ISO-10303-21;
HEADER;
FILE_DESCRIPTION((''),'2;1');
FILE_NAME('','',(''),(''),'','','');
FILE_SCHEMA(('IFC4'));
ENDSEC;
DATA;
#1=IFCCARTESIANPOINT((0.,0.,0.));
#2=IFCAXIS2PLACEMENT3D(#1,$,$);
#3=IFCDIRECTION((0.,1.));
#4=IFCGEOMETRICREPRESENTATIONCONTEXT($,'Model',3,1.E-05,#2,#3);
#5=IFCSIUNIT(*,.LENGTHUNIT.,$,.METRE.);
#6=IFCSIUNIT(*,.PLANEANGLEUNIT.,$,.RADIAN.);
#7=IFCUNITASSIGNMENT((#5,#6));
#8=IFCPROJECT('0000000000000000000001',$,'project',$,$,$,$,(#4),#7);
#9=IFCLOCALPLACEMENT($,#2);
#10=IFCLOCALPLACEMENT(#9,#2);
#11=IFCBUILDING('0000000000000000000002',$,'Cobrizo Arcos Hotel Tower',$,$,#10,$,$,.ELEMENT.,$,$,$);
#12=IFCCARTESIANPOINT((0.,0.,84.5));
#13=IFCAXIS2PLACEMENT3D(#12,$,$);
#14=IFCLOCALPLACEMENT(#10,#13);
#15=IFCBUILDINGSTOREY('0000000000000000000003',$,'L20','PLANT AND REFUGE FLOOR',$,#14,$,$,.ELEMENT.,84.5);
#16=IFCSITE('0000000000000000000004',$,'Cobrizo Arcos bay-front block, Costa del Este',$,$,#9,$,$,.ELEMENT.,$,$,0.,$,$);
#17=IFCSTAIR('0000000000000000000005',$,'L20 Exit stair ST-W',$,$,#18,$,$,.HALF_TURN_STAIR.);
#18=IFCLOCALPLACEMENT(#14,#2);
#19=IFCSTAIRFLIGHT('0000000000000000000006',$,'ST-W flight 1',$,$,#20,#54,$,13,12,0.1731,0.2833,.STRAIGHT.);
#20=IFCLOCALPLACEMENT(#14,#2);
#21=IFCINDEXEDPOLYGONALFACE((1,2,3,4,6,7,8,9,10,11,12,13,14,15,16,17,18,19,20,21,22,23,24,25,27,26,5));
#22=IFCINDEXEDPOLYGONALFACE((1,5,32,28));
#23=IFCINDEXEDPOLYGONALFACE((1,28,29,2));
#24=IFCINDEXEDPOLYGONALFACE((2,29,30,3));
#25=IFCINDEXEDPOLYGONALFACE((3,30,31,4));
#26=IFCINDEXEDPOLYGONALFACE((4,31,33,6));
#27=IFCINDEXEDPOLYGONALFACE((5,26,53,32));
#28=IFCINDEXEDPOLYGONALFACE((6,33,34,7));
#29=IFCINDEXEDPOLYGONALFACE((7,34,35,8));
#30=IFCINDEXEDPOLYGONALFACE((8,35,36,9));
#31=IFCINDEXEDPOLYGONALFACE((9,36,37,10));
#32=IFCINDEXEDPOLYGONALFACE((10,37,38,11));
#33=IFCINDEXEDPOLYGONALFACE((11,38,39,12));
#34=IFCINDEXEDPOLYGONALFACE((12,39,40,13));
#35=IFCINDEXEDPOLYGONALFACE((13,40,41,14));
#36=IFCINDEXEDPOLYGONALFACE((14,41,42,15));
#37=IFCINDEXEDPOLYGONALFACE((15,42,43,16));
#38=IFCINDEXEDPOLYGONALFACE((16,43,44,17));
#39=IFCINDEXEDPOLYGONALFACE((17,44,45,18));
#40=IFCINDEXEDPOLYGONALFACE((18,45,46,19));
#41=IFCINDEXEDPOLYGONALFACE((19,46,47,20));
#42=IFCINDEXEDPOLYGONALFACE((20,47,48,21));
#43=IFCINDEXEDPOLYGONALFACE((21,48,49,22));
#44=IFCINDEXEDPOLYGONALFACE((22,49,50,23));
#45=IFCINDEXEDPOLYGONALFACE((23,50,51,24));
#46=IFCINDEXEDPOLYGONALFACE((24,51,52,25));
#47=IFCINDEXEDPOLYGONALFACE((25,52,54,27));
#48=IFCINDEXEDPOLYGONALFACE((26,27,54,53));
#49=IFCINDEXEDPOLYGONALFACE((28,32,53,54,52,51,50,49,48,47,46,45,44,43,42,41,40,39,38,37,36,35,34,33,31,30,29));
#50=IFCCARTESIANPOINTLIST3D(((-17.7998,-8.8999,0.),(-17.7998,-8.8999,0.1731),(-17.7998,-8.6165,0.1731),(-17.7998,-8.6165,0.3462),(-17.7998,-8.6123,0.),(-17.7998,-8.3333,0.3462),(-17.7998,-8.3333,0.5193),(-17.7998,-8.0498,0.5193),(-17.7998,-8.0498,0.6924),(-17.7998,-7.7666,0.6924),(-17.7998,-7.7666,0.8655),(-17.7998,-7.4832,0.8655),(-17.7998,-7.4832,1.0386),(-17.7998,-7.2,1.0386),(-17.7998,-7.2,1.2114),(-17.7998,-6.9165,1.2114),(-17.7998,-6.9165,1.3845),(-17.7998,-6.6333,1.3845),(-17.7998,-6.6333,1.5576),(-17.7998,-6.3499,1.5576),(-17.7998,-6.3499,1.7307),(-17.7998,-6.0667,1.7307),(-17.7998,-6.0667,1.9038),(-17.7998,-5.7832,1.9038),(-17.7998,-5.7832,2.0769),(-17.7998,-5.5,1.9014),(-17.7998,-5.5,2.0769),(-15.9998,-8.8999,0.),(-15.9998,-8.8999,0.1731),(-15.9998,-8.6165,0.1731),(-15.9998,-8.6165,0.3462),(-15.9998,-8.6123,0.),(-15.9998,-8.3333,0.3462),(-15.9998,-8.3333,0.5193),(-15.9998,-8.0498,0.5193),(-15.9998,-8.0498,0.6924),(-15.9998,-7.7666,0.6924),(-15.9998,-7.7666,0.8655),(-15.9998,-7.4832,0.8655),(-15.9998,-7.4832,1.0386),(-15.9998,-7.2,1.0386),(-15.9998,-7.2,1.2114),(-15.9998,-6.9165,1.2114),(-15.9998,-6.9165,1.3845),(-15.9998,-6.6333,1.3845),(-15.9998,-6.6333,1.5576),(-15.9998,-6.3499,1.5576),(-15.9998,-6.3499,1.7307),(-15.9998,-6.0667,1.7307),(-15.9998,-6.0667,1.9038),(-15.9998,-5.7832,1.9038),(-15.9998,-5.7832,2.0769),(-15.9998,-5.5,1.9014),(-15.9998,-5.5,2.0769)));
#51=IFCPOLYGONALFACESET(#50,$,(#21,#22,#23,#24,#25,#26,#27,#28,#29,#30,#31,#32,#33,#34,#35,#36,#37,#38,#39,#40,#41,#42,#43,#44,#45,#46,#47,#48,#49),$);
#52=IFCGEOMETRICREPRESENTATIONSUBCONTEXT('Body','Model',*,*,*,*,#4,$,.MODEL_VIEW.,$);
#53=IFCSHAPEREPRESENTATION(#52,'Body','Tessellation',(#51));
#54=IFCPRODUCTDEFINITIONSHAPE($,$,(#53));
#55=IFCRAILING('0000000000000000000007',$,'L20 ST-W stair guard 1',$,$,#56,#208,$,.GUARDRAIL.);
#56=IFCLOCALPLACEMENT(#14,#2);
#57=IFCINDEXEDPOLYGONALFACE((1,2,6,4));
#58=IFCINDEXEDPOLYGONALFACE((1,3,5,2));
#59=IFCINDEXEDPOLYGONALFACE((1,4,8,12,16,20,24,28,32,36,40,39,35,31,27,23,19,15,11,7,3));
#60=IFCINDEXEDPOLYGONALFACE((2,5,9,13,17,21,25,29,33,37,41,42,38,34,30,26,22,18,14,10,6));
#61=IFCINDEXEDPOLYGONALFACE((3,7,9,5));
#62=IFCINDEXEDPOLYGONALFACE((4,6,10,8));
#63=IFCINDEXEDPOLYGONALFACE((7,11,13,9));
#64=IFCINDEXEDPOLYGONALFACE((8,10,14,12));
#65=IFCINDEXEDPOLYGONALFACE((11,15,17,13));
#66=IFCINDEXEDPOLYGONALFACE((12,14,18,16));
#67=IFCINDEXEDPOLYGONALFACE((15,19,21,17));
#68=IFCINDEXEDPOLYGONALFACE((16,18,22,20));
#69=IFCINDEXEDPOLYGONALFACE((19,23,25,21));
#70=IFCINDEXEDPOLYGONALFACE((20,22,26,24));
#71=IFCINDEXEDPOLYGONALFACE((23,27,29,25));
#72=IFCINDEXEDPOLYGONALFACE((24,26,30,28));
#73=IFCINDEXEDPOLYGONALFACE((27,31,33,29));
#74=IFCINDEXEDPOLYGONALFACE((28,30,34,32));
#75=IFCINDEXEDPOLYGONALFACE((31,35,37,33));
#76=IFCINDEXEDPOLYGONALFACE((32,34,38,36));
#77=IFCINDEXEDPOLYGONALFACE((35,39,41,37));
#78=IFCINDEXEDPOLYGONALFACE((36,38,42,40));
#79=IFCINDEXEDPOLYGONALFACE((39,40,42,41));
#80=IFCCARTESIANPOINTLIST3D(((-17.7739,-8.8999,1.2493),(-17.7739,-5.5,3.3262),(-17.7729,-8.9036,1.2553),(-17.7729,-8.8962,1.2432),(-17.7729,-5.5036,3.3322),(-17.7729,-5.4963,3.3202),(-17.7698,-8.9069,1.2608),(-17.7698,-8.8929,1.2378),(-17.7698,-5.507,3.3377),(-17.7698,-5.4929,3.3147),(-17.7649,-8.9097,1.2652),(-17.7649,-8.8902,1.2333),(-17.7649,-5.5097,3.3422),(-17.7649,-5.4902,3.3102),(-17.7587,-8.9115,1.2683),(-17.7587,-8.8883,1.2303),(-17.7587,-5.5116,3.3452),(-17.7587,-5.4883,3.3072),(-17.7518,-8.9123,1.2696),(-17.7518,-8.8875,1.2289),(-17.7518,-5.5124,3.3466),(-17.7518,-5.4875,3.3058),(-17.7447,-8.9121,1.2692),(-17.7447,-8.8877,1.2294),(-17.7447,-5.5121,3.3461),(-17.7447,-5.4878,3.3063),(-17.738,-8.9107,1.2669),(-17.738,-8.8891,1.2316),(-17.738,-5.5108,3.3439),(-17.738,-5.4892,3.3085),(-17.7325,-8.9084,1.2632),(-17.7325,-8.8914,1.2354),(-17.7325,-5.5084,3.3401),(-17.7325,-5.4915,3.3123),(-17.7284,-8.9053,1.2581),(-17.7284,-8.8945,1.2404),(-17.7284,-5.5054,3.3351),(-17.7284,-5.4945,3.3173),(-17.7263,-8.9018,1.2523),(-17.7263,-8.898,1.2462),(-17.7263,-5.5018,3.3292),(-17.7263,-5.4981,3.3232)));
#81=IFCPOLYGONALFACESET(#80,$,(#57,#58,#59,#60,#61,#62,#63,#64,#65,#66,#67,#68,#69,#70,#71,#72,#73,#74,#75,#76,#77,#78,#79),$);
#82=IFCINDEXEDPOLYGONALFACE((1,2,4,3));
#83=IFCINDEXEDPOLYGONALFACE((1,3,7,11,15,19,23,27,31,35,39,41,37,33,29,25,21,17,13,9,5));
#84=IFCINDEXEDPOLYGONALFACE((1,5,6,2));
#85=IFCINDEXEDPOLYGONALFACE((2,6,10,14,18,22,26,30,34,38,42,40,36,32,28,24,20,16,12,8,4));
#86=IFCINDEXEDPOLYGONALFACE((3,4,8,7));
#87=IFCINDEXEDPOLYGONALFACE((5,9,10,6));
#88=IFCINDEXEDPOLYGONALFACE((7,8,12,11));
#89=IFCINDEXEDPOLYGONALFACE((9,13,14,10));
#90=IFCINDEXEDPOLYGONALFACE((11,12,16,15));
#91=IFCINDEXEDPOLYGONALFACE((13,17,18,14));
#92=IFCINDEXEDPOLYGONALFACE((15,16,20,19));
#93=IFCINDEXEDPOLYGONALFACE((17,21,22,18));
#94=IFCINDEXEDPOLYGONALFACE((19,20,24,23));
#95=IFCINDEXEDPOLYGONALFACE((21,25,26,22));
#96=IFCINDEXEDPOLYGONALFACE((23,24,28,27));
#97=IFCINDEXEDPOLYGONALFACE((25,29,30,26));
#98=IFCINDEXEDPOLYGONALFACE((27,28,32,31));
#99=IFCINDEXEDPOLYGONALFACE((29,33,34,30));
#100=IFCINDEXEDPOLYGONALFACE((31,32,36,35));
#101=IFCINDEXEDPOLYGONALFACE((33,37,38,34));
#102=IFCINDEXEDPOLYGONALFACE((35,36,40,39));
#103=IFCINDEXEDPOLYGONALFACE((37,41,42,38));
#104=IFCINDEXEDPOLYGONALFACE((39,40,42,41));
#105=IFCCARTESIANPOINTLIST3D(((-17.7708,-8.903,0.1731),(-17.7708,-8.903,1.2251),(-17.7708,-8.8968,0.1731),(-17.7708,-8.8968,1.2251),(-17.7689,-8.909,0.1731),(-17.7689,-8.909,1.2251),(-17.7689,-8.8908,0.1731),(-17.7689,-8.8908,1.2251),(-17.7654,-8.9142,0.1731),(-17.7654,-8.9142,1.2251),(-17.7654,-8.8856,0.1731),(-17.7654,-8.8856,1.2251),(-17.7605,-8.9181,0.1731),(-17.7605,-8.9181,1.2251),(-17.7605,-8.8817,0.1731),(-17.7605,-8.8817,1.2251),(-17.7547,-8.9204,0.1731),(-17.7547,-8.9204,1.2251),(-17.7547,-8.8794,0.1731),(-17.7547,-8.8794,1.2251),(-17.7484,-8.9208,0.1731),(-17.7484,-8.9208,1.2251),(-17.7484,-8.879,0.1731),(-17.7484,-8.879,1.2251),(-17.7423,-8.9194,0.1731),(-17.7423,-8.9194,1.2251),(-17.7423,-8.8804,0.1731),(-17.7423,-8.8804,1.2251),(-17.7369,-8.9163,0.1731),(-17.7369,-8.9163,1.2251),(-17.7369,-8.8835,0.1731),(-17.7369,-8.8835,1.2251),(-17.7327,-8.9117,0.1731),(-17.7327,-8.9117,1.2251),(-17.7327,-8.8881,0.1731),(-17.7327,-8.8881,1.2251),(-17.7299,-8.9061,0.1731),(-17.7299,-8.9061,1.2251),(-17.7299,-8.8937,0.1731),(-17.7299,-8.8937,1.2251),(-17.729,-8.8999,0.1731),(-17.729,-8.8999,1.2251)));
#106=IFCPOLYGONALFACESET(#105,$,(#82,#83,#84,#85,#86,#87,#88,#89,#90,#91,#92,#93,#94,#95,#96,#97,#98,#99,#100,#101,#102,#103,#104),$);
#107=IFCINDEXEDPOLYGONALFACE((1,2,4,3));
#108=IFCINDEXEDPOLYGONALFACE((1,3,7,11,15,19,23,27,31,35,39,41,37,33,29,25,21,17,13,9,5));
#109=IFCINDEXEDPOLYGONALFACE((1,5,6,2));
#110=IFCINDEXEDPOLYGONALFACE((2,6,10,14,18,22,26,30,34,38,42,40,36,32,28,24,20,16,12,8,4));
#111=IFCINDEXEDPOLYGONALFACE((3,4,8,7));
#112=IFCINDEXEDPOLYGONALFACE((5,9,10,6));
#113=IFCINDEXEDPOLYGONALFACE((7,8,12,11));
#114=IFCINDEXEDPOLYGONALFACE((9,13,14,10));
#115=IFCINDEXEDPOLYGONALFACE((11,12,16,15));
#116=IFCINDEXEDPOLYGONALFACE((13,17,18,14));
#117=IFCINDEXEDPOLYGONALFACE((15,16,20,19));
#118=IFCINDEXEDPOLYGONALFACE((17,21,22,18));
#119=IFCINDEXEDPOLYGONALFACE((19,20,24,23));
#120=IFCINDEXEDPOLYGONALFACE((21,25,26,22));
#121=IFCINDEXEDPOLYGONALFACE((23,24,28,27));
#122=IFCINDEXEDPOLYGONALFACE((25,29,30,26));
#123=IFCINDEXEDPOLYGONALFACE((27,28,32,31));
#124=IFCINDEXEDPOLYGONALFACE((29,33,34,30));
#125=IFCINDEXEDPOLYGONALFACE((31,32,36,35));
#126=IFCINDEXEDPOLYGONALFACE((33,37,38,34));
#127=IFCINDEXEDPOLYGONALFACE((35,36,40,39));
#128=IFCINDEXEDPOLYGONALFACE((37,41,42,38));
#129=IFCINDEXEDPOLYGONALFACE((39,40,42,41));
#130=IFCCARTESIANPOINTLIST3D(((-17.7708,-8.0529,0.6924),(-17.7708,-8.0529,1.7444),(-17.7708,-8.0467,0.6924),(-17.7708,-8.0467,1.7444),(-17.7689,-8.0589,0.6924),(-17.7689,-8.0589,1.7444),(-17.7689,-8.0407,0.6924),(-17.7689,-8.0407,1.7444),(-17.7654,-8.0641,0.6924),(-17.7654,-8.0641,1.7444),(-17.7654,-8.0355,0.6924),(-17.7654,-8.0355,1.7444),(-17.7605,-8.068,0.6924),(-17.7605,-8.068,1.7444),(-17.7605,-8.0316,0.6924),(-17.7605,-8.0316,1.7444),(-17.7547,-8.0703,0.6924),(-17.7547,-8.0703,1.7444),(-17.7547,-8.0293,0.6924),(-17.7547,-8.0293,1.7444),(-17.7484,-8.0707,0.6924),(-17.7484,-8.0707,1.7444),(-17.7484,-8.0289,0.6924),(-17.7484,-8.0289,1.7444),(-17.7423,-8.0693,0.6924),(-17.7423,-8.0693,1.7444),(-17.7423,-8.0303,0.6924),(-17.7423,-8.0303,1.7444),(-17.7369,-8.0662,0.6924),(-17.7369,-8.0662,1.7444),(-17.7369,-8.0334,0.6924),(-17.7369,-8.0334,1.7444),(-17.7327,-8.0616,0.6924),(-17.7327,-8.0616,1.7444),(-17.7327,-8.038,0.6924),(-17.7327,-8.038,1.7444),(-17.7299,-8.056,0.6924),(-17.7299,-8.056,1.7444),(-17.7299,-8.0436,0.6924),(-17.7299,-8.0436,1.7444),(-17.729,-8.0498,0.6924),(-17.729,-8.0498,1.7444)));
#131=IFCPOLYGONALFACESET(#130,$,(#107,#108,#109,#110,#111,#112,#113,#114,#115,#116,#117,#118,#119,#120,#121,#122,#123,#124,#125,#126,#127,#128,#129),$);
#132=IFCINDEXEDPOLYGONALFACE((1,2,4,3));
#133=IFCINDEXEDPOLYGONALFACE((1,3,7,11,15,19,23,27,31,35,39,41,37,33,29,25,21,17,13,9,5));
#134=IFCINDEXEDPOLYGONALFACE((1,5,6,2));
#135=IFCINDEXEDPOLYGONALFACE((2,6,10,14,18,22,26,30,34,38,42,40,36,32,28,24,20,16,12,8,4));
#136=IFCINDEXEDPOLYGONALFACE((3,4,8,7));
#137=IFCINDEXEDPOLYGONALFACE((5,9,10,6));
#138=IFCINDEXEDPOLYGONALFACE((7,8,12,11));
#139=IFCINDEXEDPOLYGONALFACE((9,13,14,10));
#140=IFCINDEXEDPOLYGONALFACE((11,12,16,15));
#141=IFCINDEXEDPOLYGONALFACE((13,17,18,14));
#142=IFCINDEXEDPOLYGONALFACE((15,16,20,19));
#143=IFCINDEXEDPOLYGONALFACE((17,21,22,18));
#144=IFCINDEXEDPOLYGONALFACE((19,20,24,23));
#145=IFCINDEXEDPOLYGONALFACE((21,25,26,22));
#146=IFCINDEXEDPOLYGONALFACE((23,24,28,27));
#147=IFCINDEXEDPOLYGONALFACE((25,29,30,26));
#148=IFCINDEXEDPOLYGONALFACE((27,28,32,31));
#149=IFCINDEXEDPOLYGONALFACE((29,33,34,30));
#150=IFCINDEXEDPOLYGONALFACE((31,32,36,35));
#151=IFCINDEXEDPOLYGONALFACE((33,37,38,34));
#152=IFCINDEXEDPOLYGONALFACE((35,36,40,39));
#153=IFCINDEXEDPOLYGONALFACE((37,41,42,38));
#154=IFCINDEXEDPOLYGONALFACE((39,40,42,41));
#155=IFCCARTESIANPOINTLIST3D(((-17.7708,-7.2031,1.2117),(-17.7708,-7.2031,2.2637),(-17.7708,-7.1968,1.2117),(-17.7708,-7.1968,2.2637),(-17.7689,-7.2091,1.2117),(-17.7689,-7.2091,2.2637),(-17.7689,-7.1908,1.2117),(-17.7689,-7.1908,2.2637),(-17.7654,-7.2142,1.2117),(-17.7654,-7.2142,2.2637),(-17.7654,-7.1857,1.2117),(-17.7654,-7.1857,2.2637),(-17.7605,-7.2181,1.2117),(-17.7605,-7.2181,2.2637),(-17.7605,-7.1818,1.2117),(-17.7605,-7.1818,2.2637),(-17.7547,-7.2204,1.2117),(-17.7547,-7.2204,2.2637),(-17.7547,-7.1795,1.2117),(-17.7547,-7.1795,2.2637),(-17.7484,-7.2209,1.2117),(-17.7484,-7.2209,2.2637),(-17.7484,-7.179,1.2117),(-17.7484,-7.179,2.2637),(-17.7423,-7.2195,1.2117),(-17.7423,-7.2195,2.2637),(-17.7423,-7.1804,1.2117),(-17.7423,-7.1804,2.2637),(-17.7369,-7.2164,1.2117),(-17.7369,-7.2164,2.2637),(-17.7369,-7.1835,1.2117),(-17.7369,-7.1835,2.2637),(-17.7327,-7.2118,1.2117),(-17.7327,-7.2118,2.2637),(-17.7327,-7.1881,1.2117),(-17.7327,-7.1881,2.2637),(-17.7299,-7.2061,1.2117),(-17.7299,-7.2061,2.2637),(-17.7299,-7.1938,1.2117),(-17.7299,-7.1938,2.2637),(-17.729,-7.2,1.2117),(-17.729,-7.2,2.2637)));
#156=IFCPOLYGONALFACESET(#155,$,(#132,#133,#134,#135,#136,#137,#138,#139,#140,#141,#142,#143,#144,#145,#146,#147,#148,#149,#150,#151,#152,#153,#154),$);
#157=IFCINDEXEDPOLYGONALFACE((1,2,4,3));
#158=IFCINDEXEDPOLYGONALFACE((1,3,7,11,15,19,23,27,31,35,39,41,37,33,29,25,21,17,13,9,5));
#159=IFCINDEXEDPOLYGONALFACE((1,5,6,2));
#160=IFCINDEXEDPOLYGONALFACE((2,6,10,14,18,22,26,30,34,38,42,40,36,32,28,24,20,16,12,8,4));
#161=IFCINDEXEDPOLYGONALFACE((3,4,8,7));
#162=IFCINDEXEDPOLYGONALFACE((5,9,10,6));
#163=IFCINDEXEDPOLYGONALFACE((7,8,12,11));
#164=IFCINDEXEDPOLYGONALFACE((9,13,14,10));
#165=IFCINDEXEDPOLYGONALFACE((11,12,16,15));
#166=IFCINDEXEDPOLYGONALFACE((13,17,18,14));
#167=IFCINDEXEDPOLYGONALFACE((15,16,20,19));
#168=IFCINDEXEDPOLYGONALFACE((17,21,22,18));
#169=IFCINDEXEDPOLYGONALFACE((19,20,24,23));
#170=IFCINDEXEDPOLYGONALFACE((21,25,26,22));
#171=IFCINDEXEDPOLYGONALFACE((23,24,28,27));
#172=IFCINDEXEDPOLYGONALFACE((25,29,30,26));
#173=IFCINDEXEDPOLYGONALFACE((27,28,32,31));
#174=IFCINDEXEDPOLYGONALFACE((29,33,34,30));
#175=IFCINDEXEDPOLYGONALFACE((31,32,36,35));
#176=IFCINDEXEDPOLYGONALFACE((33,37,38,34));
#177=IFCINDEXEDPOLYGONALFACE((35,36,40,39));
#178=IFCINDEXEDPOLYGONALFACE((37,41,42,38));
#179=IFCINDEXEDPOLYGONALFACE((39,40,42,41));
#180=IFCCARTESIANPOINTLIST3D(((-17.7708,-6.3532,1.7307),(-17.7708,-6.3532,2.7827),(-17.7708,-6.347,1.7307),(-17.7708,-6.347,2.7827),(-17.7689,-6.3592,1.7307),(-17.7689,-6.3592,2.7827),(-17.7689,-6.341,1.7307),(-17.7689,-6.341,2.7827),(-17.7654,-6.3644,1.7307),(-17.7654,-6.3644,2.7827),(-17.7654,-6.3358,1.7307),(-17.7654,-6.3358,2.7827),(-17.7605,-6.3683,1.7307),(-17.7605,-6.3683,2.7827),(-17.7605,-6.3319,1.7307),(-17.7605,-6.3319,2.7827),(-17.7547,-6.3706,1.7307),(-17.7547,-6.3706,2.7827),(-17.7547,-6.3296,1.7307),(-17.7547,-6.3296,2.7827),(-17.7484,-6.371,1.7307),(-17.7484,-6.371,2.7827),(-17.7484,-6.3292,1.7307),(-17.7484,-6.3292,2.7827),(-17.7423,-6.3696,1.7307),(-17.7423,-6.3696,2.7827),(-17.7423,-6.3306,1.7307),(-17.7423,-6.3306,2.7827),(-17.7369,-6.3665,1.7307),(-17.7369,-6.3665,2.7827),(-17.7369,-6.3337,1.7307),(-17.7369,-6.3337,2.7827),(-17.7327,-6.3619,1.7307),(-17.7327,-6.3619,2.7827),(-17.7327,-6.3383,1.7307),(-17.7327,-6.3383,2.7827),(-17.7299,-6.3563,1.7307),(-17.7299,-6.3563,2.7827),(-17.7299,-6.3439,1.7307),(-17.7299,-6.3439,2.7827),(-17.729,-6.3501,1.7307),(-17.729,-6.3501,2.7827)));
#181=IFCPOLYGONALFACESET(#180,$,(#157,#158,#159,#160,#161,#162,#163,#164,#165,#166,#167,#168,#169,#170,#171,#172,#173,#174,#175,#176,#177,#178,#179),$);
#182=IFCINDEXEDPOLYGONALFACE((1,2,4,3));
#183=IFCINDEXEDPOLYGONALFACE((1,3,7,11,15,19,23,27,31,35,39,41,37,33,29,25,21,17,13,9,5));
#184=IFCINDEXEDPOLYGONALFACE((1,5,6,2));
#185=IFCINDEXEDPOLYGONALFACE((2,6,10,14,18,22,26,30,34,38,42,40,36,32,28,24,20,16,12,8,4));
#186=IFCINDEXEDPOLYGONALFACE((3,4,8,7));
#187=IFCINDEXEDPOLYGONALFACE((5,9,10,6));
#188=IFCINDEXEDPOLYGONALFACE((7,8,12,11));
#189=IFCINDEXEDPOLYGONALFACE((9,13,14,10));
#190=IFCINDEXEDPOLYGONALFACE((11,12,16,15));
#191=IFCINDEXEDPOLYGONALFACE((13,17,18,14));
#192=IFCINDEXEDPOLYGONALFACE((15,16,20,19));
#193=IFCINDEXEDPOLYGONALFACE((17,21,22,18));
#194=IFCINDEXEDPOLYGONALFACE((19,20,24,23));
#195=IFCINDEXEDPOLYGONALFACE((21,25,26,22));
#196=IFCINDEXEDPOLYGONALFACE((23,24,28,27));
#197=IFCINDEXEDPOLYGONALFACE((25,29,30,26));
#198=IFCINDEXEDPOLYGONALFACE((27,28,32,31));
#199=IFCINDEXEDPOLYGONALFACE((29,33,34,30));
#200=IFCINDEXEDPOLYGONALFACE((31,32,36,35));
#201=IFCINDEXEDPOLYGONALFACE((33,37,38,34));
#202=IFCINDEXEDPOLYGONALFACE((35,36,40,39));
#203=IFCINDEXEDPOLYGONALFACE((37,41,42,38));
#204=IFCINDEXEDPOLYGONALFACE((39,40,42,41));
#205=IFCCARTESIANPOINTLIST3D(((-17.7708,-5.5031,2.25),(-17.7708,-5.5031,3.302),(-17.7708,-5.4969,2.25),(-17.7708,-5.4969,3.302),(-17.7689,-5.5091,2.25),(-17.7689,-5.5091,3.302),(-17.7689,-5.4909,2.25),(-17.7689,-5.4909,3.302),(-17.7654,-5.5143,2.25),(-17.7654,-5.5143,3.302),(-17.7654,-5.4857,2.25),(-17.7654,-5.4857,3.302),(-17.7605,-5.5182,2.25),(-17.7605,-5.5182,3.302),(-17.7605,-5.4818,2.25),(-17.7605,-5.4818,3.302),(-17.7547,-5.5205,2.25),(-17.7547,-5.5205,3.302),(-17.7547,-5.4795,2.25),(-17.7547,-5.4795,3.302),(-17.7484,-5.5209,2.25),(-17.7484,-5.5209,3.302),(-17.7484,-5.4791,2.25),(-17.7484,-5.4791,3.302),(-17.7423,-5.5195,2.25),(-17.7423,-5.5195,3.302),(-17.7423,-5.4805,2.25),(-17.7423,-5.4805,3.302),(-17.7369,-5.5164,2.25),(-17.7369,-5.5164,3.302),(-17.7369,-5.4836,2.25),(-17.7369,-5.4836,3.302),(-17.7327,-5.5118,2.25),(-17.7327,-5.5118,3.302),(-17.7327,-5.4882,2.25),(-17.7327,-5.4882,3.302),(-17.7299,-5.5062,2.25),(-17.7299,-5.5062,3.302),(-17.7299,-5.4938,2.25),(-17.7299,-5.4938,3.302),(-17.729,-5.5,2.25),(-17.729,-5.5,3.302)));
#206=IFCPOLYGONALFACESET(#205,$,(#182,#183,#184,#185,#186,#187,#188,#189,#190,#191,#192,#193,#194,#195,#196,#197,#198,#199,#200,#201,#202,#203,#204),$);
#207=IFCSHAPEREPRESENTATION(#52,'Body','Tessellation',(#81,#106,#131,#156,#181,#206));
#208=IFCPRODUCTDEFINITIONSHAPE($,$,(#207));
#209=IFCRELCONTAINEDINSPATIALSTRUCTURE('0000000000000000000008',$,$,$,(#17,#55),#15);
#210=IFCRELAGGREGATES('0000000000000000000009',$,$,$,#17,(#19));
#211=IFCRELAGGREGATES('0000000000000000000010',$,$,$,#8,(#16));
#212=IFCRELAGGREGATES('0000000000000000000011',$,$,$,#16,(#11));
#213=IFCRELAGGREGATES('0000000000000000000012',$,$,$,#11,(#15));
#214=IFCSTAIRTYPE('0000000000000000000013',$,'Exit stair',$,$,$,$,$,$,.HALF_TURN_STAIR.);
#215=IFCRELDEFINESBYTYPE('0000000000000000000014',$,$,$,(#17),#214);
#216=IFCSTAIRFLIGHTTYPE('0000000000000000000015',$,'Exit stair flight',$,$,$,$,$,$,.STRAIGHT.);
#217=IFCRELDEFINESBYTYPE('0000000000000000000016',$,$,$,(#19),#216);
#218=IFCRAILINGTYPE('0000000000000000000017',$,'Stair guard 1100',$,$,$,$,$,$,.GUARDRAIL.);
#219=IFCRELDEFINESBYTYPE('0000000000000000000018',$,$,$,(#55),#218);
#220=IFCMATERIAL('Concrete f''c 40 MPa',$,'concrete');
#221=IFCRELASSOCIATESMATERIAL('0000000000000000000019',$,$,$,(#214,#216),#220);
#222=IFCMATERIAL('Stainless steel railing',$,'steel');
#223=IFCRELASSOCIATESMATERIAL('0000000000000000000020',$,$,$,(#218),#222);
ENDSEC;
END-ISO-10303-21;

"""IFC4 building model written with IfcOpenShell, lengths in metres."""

from ifc_helpers import new_model, si_unit, direction, frame, origin, origin_2d, place, context, subcontext, project, spatial, polyline, circle, outline, extrude, material, type_object, element, aggregate, save


model = new_model("IFC4")

# Units and contexts
model_context = context("Model", 3, precision=1e-05, world=origin(), true_north=direction((0.0, 1.0)))
body_context = subcontext(model_context, "Body", "Model", "MODEL_VIEW")
ifc_project = project(units=[si_unit("LENGTHUNIT", "METRE"), si_unit("PLANEANGLEUNIT", "RADIAN")], contexts=[model_context])

# Site, building, storey
site_placement = place(None, origin())
site = spatial("IfcSite", under=ifc_project, at=site_placement, Name="Cobrizo Arcos bay-front block, Costa del Este", CompositionType="ELEMENT", RefElevation=0.0)
building_placement = place(site_placement, origin())
building = spatial("IfcBuilding", under=site, at=building_placement, Name="Cobrizo Arcos Hotel Tower", CompositionType="ELEMENT")
storey_placement = place(building_placement, frame((0.0, 0.0, 84.5)))
storey = spatial("IfcBuildingStorey", under=building, at=storey_placement, Name="L20", Description="PLANT AND REFUGE FLOOR", CompositionType="ELEMENT", Elevation=84.5)

# Stair, stair flight
ifc_material_1 = material(Name="Concrete f'c 40 MPa", Category="concrete")
stair_type = type_object("IfcStairType", Name="Exit stair", PredefinedType="HALF_TURN_STAIR", material=ifc_material_1)
stair_placement = place(storey_placement, origin())
stair = element("IfcStair", 1, at=stair_placement, inside=storey, type_object=stair_type, Name="L20 Exit stair ST-W", PredefinedType="HALF_TURN_STAIR")
stair_flight_type = type_object("IfcStairFlightType", Name="Exit stair flight", PredefinedType="STRAIGHT", material=ifc_material_1)
stair_flight_placement = place(storey_placement, frame((-16.8999, -8.8999, 0.0), z_axis=(0.0, 0.0, 1.0), x_axis=(0.0, 1.0, 0.0)))
stair_flight = element("IfcStairFlight", 2, at=stair_flight_placement, type_object=stair_flight_type, Name="ST-W flight 1", NumberOfRisers=13, NumberOfTreads=12, PredefinedType="STRAIGHT", RiserHeight=0.1731, TreadLength=0.2833, context=body_context, shape_type="SweptSolid", body=[
    extrude(outline(polyline([(0.0, 0.0), (0.0, 0.1731), (0.2834, 0.1731), (0.2834, 0.3462), (0.5667, 0.3462), (0.5667, 0.5193), (0.8501, 0.5193), (0.8501, 0.6924), (1.1333, 0.6924), (1.1333, 0.8655), (1.4167, 0.8655), (1.4167, 1.0386), (1.7, 1.0386), (1.7, 1.2114), (1.9834, 1.2114), (1.9834, 1.3845), (2.2666, 1.3845), (2.2666, 1.5576), (2.55, 1.5576), (2.55, 1.7307), (2.8333, 1.7307), (2.8333, 1.9038), (3.1167, 1.9038), (3.1167, 2.0769), (3.3999, 2.0769), (3.3999, 2.25), (3.3999, 1.9014), (0.2876, 0.0), (0.0, 0.0)])), frame((0.0, 0.8999, 0.0), z_axis=(0.0, -1.0, 0.0), x_axis=(1.0, 0.0, 0.0)), (0.0, 0.0, 1.0), 1.8),
])
aggregate(stair, [stair_flight])

# Railing
ifc_material_2 = material(Name="Stainless steel railing", Category="steel")
railing_type_1 = type_object("IfcRailingType", Name="Stair guard 1100", PredefinedType="GUARDRAIL", material=ifc_material_2)
railing_1_placement = place(storey_placement, frame((-17.75, -8.8999, 0.1731)))
element("IfcRailing", 3, at=railing_1_placement, inside=storey, type_object=railing_type_1, Name="L20 ST-W stair guard 1", PredefinedType="GUARDRAIL", context=body_context, shape_type="SweptSolid", body=[
    extrude(circle(Radius=0.0239, at=origin_2d()), frame((0.0, 0.0, 1.0762), z_axis=(0.0, 0.853373, 0.521301), x_axis=(-1.0, 0.0, 0.0)), (0.0, 0.0, 1.0), 3.9841),
    extrude(circle(Radius=0.021, at=origin_2d()), origin(), (0.0, 0.0, 1.0), 1.052),
    extrude(circle(Radius=0.021, at=origin_2d()), frame((0.0, 0.8501, 0.5193)), (0.0, 0.0, 1.0), 1.052),
    extrude(circle(Radius=0.021, at=origin_2d()), frame((0.0, 1.7, 1.0386)), (0.0, 0.0, 1.0), 1.052),
    extrude(circle(Radius=0.021, at=origin_2d()), frame((0.0, 2.5498, 1.5576)), (0.0, 0.0, 1.0), 1.052),
    extrude(circle(Radius=0.021, at=origin_2d()), frame((0.0, 3.3999, 2.0769)), (0.0, 0.0, 1.0), 1.052),
])

save(model, "model.ifc")
